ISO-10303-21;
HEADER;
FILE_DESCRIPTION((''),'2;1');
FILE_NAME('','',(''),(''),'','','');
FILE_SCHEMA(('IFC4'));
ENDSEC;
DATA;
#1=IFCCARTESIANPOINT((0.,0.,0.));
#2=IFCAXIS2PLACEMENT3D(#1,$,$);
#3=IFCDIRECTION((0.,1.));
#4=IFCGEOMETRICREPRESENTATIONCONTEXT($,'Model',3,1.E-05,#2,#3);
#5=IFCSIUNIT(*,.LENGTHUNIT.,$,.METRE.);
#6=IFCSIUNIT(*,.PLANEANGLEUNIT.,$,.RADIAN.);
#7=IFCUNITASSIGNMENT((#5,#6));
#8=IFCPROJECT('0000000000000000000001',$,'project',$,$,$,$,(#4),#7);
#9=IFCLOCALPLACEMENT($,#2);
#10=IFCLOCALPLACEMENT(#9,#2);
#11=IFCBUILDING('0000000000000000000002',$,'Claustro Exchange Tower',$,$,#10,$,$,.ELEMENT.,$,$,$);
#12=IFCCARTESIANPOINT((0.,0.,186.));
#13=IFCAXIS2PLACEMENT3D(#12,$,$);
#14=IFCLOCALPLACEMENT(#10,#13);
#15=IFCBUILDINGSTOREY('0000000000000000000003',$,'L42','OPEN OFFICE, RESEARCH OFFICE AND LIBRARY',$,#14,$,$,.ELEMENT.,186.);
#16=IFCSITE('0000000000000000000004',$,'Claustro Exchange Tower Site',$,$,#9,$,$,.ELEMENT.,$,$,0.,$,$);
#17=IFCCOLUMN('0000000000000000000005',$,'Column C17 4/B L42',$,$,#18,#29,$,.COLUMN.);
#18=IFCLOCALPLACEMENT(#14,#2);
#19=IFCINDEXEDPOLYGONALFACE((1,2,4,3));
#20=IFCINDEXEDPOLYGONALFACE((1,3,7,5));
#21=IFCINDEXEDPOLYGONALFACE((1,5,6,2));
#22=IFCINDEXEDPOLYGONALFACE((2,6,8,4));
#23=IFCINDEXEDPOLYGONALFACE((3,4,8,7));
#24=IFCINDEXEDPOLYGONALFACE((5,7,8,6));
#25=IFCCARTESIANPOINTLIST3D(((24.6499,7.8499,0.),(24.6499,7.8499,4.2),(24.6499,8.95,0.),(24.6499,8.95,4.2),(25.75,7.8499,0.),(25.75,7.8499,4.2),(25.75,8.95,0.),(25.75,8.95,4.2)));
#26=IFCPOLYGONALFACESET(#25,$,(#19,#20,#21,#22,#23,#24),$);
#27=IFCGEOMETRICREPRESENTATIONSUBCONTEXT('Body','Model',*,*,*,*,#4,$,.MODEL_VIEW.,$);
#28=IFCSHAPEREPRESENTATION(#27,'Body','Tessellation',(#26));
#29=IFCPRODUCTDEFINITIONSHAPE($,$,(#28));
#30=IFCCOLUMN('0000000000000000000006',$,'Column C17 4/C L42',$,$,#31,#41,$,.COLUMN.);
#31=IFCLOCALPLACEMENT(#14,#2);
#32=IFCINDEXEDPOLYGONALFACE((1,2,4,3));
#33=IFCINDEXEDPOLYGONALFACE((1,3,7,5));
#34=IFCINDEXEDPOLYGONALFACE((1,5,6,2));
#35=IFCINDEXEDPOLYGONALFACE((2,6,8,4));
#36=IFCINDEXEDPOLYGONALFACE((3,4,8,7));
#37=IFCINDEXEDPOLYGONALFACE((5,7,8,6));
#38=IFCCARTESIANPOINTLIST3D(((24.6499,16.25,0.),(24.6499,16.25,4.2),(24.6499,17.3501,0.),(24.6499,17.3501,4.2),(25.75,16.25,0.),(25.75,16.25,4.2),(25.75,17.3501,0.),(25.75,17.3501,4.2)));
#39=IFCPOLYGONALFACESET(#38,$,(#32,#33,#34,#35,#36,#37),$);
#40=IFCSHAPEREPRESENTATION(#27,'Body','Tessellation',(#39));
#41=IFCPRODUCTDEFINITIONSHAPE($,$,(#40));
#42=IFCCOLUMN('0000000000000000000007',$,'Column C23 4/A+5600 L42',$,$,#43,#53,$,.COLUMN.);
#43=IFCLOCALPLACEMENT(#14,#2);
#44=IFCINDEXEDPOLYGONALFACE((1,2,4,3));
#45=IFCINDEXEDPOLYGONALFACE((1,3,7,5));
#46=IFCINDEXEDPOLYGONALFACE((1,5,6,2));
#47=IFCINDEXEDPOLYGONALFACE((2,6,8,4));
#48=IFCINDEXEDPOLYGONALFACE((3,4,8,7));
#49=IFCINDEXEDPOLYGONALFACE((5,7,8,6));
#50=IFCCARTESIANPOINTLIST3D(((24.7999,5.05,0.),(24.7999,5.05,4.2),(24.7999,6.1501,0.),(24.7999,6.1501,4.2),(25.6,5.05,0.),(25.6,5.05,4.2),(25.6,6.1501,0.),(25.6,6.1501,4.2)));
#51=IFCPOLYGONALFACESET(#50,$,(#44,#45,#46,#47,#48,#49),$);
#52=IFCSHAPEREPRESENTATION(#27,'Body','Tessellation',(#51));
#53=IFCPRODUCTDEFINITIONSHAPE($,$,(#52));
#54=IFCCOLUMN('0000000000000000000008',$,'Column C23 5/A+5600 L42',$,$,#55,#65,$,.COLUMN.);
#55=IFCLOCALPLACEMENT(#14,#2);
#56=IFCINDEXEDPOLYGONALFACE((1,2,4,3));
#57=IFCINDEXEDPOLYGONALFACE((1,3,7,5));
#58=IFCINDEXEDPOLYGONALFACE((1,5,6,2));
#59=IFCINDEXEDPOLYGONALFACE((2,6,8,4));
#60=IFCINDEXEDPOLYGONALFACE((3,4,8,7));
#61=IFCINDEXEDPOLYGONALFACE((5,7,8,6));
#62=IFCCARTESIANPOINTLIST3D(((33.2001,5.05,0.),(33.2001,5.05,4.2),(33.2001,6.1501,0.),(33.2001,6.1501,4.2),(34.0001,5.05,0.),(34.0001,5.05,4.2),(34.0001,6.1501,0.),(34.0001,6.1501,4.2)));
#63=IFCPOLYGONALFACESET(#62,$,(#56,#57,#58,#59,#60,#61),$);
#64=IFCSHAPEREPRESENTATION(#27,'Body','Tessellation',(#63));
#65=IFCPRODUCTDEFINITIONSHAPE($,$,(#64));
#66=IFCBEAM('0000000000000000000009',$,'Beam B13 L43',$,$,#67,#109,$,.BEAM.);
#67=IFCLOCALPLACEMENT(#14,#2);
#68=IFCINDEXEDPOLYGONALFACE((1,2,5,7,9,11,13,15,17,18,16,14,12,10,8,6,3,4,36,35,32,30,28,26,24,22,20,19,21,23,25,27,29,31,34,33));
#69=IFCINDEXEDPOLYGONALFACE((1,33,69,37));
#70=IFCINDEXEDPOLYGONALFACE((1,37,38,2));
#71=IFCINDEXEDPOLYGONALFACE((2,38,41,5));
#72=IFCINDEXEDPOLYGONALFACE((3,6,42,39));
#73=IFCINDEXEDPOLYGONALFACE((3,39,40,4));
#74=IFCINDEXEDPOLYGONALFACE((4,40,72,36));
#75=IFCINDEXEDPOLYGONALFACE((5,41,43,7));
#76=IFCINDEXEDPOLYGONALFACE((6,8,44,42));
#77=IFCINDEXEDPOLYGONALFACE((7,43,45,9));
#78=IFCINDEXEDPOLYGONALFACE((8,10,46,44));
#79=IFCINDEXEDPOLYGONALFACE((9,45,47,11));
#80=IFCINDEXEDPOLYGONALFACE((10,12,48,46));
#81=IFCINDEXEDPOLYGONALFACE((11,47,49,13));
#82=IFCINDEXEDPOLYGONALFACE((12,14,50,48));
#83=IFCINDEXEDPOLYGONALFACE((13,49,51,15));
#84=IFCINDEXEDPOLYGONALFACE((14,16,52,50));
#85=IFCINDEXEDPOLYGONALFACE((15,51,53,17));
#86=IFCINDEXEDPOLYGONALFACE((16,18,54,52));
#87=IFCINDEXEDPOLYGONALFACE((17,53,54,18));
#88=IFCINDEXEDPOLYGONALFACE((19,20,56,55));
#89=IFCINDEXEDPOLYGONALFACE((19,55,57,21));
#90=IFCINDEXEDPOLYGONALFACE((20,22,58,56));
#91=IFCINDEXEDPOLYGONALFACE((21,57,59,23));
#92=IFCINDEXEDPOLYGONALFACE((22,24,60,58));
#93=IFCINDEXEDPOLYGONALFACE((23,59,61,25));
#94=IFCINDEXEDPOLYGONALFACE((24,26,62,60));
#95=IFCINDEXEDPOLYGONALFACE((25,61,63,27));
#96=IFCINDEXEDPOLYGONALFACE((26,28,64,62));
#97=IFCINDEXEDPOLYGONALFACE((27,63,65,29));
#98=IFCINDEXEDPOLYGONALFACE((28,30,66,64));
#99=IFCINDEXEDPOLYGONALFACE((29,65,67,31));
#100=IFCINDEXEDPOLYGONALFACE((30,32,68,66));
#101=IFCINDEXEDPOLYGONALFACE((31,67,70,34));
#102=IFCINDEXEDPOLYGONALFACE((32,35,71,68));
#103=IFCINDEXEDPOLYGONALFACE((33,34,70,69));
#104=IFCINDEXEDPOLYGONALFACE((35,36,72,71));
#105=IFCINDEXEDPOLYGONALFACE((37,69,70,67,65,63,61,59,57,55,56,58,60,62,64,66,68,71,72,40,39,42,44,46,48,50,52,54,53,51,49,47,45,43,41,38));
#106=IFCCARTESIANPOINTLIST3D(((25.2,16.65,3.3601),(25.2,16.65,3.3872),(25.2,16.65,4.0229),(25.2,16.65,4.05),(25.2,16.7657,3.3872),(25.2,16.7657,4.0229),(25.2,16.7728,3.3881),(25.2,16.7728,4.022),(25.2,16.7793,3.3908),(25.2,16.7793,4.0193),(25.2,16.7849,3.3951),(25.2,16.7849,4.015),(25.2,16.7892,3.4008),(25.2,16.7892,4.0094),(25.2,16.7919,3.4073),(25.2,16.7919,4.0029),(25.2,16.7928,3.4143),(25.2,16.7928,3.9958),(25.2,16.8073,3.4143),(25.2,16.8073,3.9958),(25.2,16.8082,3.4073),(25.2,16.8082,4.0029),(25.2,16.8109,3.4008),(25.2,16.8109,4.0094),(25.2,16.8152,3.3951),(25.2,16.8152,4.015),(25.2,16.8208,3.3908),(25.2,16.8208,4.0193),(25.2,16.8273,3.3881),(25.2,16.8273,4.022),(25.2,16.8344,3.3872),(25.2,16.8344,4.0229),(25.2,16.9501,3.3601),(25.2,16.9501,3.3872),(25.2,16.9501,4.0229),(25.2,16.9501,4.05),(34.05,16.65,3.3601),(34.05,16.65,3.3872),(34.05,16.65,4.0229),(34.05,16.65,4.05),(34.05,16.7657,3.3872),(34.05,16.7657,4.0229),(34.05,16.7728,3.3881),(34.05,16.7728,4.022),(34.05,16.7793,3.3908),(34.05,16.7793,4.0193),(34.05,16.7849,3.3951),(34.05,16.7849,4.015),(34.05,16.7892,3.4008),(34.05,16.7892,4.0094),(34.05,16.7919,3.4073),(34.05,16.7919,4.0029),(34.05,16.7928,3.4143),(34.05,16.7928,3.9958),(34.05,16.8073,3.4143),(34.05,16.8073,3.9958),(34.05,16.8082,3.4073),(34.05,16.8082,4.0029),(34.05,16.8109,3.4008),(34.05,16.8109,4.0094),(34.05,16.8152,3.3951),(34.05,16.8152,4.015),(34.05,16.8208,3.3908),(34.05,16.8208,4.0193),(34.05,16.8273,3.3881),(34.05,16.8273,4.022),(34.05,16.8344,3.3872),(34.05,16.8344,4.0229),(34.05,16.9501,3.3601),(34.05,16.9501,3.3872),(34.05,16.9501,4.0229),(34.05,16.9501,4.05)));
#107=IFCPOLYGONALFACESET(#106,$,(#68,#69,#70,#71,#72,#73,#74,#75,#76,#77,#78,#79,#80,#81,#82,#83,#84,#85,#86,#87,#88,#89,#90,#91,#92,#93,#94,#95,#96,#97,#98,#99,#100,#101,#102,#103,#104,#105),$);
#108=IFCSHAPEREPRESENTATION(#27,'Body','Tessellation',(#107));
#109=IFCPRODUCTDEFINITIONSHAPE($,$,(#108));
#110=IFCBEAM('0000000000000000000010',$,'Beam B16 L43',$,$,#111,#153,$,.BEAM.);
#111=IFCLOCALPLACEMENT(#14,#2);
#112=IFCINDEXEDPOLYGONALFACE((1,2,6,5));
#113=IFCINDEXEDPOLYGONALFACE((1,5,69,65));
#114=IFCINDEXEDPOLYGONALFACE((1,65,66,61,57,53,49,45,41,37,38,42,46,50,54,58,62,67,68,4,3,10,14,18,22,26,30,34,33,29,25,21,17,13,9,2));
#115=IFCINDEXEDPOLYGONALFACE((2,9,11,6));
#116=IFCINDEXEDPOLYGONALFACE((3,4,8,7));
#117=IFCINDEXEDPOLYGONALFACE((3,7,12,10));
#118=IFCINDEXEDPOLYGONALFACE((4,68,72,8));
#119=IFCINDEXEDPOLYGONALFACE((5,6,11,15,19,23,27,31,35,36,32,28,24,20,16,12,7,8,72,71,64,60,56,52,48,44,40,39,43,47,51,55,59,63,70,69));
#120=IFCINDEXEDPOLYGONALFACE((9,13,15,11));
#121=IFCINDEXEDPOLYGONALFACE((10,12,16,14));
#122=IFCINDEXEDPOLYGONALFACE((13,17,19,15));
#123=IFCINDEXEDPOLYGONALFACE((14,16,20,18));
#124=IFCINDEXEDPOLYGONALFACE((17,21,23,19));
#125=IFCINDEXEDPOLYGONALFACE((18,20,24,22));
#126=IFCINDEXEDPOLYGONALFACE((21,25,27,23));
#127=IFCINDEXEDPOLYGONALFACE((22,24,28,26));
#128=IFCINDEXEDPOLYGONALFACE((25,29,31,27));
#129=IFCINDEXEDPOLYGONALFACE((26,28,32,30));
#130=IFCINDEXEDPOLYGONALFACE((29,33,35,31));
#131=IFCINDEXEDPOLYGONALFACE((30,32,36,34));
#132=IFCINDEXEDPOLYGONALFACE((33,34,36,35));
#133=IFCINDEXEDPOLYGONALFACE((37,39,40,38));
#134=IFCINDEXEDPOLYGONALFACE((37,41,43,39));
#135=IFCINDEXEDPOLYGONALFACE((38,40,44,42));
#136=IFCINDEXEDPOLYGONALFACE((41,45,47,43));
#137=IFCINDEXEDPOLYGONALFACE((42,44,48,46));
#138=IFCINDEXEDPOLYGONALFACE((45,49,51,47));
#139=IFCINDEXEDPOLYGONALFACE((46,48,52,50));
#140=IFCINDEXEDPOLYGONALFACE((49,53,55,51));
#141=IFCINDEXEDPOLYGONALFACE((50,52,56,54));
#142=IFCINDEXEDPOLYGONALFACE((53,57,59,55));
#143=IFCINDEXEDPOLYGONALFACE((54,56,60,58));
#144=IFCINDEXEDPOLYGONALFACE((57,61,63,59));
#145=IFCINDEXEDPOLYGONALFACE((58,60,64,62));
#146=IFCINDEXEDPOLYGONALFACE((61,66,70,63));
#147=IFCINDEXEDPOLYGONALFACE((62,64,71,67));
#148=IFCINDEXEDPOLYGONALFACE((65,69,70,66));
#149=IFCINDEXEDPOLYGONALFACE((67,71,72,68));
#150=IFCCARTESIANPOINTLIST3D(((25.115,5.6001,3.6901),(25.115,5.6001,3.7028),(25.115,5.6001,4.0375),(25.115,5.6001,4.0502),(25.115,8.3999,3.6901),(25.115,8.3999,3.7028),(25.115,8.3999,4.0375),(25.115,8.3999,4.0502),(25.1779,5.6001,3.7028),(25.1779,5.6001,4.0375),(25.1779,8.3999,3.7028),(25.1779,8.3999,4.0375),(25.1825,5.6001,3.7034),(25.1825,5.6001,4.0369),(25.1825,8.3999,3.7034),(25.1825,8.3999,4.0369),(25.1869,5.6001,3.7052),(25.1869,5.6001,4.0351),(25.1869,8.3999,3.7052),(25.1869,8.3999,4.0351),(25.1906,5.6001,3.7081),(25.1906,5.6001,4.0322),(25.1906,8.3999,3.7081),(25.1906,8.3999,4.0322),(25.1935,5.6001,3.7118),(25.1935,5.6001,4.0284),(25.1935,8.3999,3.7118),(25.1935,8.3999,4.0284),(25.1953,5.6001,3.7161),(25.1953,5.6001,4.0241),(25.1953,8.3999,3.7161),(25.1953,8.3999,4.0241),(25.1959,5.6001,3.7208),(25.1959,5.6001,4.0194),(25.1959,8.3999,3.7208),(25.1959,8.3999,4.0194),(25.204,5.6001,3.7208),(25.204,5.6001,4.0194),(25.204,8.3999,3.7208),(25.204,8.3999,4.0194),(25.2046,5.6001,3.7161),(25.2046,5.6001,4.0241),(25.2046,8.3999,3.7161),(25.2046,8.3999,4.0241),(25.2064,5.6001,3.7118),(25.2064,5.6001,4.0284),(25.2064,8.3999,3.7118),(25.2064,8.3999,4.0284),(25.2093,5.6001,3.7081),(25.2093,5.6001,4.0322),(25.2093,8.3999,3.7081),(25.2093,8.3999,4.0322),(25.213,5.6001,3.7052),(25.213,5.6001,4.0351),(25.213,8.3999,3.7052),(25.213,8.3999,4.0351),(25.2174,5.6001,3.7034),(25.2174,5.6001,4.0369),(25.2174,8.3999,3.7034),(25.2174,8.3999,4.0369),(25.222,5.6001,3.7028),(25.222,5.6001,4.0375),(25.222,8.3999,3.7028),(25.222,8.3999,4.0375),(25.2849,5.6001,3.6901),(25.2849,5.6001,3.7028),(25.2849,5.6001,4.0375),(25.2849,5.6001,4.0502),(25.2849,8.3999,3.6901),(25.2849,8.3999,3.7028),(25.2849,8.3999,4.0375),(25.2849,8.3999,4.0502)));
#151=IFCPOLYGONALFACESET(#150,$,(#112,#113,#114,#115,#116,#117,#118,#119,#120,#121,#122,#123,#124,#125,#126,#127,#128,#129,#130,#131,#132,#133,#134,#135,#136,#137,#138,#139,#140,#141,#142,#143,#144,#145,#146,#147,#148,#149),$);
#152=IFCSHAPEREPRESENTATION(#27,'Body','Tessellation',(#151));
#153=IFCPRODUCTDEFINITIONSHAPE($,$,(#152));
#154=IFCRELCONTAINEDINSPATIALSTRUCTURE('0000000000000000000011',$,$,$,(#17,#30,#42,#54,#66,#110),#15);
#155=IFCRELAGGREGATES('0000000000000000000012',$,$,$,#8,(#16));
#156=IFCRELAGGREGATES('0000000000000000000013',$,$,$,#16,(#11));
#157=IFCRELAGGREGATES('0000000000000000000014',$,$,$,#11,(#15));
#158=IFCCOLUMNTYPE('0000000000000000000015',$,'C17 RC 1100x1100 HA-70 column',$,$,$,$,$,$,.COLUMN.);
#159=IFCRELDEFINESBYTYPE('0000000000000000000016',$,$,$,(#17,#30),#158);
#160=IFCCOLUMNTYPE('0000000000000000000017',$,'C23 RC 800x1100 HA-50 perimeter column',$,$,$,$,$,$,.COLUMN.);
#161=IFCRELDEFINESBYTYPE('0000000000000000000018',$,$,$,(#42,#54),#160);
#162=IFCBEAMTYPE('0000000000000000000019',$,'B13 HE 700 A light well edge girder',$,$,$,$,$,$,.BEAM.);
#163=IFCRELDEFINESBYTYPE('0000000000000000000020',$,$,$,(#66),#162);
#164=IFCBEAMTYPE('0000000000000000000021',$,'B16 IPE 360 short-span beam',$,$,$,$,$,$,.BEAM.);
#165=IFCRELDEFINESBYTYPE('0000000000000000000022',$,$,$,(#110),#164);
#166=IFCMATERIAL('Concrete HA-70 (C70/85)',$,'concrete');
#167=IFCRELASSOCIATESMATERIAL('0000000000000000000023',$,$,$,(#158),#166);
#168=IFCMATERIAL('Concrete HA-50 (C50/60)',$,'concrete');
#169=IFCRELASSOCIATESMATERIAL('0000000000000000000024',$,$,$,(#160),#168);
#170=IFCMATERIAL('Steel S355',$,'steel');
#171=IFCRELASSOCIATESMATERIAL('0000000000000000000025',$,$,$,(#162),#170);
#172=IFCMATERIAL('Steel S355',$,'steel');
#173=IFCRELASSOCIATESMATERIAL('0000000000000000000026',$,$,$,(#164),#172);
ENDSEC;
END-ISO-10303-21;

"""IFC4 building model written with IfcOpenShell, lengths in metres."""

from ifc_helpers import new_model, si_unit, direction, frame, origin, origin_2d, place, context, subcontext, project, spatial, rectangle, i_section, extrude, material, material_profile, profile_set, type_object, element, save


model = new_model("IFC4")

# Units and contexts
model_context = context("Model", 3, precision=1e-05, world=origin(), true_north=direction((0.0, 1.0)))
body_context = subcontext(model_context, "Body", "Model", "MODEL_VIEW")
ifc_project = project(units=[si_unit("LENGTHUNIT", "METRE"), si_unit("PLANEANGLEUNIT", "RADIAN")], contexts=[model_context])

# Site, building, storey
site_placement = place(None, origin())
site = spatial("IfcSite", under=ifc_project, at=site_placement, Name="Claustro Exchange Tower Site", CompositionType="ELEMENT", RefElevation=0.0)
building_placement = place(site_placement, origin())
building = spatial("IfcBuilding", under=site, at=building_placement, Name="Claustro Exchange Tower", CompositionType="ELEMENT")
storey_placement = place(building_placement, frame((0.0, 0.0, 186.0)))
storey = spatial("IfcBuildingStorey", under=building, at=storey_placement, Name="L42", Description="OPEN OFFICE, RESEARCH OFFICE AND LIBRARY", CompositionType="ELEMENT", Elevation=186.0)

# Columns
ifc_material_1 = material(Name="Concrete HA-70 (C70/85)", Category="concrete")
ifc_material_profile_1 = material_profile(ifc_material_1, rectangle(XDim=1.1001, YDim=1.1001, at=origin_2d()), Name="RC 1100x1100")
ifc_profile_set_1 = profile_set([ifc_material_profile_1], Name="Concrete HA-70 (C70/85)")
column_type_1 = type_object("IfcColumnType", Name="C17 RC 1100x1100 HA-70 column", PredefinedType="COLUMN", material=ifc_profile_set_1)
for number, where, z_axis, x_axis, name in (
    (1, (25.2, 8.3999, 0.0), (0.0, 0.0, 1.0), (1.0, 0.0, 0.0), "Column C17 4/B L42"),
    (2, (25.2, 16.8, 0.0), (0.0, 0.0, 1.0), (1.0, 0.0, 0.0), "Column C17 4/C L42"),
):
    element("IfcColumn", number, at=place(storey_placement, frame(where, z_axis=z_axis, x_axis=x_axis)), inside=storey, type_object=column_type_1, Name=name, PredefinedType="COLUMN", context=body_context, shape_type="SweptSolid", body=[
        extrude(rectangle(XDim=1.1001, YDim=1.1001, at=origin_2d()), origin(), (0.0, 0.0, 1.0), 4.2),
    ])
ifc_material_2 = material(Name="Concrete HA-50 (C50/60)", Category="concrete")
ifc_material_profile_2 = material_profile(ifc_material_2, rectangle(XDim=0.8, YDim=1.1001, at=origin_2d()), Name="RC 800x1100")
ifc_profile_set_2 = profile_set([ifc_material_profile_2], Name="Concrete HA-50 (C50/60)")
column_type_2 = type_object("IfcColumnType", Name="C23 RC 800x1100 HA-50 perimeter column", PredefinedType="COLUMN", material=ifc_profile_set_2)
for number, where, z_axis, x_axis, name in (
    (3, (25.2, 5.6001, 0.0), (0.0, 0.0, 1.0), (1.0, 0.0, 0.0), "Column C23 4/A+5600 L42"),
    (4, (33.6001, 5.6001, 0.0), (0.0, 0.0, 1.0), (1.0, 0.0, 0.0), "Column C23 5/A+5600 L42"),
):
    element("IfcColumn", number, at=place(storey_placement, frame(where, z_axis=z_axis, x_axis=x_axis)), inside=storey, type_object=column_type_2, Name=name, PredefinedType="COLUMN", context=body_context, shape_type="SweptSolid", body=[
        extrude(rectangle(XDim=0.8, YDim=1.1001, at=origin_2d()), origin(), (0.0, 0.0, 1.0), 4.2),
    ])

# Beams
ifc_material_3 = material(Name="Steel S355", Category="steel")
ifc_material_profile_3 = material_profile(ifc_material_3, i_section(OverallWidth=0.3, OverallDepth=0.6899, WebThickness=0.0144, FlangeThickness=0.0271, FilletRadius=0.0271, at=origin_2d()), Name="HE 700 A")
ifc_profile_set_3 = profile_set([ifc_material_profile_3], Name="Steel S355")
beam_type_1 = type_object("IfcBeamType", Name="B13 HE 700 A light well edge girder", PredefinedType="BEAM", material=ifc_profile_set_3)
beam_1_placement = place(storey_placement, frame((25.2, 16.8, 3.7051), z_axis=(1.0, 0.0, 0.0), x_axis=(0.0, 1.0, 0.0)))
element("IfcBeam", 5, at=beam_1_placement, inside=storey, type_object=beam_type_1, Name="Beam B13 L43", PredefinedType="BEAM", context=body_context, shape_type="SweptSolid", body=[
    extrude(i_section(OverallWidth=0.3, OverallDepth=0.6899, WebThickness=0.0144, FlangeThickness=0.0271, FilletRadius=0.0271, at=origin_2d()), origin(), (0.0, 0.0, 1.0), 8.8501),
])
ifc_material_4 = material(Name="Steel S355", Category="steel")
ifc_material_profile_4 = material_profile(ifc_material_4, i_section(OverallWidth=0.1699, OverallDepth=0.3601, WebThickness=0.0081, FlangeThickness=0.0127, FilletRadius=0.0181, at=origin_2d()), Name="IPE 360")
ifc_profile_set_4 = profile_set([ifc_material_profile_4], Name="Steel S355")
beam_type_2 = type_object("IfcBeamType", Name="B16 IPE 360 short-span beam", PredefinedType="BEAM", material=ifc_profile_set_4)
beam_2_placement = place(storey_placement, frame((25.2, 5.6001, 3.8701), z_axis=(0.0, 1.0, 0.0), x_axis=(-1.0, 0.0, 0.0)))
element("IfcBeam", 6, at=beam_2_placement, inside=storey, type_object=beam_type_2, Name="Beam B16 L43", PredefinedType="BEAM", context=body_context, shape_type="SweptSolid", body=[
    extrude(i_section(OverallWidth=0.1699, OverallDepth=0.3601, WebThickness=0.0081, FlangeThickness=0.0127, FilletRadius=0.0181, at=origin_2d()), origin(), (0.0, 0.0, 1.0), 2.7998),
])

save(model, "model.ifc")
